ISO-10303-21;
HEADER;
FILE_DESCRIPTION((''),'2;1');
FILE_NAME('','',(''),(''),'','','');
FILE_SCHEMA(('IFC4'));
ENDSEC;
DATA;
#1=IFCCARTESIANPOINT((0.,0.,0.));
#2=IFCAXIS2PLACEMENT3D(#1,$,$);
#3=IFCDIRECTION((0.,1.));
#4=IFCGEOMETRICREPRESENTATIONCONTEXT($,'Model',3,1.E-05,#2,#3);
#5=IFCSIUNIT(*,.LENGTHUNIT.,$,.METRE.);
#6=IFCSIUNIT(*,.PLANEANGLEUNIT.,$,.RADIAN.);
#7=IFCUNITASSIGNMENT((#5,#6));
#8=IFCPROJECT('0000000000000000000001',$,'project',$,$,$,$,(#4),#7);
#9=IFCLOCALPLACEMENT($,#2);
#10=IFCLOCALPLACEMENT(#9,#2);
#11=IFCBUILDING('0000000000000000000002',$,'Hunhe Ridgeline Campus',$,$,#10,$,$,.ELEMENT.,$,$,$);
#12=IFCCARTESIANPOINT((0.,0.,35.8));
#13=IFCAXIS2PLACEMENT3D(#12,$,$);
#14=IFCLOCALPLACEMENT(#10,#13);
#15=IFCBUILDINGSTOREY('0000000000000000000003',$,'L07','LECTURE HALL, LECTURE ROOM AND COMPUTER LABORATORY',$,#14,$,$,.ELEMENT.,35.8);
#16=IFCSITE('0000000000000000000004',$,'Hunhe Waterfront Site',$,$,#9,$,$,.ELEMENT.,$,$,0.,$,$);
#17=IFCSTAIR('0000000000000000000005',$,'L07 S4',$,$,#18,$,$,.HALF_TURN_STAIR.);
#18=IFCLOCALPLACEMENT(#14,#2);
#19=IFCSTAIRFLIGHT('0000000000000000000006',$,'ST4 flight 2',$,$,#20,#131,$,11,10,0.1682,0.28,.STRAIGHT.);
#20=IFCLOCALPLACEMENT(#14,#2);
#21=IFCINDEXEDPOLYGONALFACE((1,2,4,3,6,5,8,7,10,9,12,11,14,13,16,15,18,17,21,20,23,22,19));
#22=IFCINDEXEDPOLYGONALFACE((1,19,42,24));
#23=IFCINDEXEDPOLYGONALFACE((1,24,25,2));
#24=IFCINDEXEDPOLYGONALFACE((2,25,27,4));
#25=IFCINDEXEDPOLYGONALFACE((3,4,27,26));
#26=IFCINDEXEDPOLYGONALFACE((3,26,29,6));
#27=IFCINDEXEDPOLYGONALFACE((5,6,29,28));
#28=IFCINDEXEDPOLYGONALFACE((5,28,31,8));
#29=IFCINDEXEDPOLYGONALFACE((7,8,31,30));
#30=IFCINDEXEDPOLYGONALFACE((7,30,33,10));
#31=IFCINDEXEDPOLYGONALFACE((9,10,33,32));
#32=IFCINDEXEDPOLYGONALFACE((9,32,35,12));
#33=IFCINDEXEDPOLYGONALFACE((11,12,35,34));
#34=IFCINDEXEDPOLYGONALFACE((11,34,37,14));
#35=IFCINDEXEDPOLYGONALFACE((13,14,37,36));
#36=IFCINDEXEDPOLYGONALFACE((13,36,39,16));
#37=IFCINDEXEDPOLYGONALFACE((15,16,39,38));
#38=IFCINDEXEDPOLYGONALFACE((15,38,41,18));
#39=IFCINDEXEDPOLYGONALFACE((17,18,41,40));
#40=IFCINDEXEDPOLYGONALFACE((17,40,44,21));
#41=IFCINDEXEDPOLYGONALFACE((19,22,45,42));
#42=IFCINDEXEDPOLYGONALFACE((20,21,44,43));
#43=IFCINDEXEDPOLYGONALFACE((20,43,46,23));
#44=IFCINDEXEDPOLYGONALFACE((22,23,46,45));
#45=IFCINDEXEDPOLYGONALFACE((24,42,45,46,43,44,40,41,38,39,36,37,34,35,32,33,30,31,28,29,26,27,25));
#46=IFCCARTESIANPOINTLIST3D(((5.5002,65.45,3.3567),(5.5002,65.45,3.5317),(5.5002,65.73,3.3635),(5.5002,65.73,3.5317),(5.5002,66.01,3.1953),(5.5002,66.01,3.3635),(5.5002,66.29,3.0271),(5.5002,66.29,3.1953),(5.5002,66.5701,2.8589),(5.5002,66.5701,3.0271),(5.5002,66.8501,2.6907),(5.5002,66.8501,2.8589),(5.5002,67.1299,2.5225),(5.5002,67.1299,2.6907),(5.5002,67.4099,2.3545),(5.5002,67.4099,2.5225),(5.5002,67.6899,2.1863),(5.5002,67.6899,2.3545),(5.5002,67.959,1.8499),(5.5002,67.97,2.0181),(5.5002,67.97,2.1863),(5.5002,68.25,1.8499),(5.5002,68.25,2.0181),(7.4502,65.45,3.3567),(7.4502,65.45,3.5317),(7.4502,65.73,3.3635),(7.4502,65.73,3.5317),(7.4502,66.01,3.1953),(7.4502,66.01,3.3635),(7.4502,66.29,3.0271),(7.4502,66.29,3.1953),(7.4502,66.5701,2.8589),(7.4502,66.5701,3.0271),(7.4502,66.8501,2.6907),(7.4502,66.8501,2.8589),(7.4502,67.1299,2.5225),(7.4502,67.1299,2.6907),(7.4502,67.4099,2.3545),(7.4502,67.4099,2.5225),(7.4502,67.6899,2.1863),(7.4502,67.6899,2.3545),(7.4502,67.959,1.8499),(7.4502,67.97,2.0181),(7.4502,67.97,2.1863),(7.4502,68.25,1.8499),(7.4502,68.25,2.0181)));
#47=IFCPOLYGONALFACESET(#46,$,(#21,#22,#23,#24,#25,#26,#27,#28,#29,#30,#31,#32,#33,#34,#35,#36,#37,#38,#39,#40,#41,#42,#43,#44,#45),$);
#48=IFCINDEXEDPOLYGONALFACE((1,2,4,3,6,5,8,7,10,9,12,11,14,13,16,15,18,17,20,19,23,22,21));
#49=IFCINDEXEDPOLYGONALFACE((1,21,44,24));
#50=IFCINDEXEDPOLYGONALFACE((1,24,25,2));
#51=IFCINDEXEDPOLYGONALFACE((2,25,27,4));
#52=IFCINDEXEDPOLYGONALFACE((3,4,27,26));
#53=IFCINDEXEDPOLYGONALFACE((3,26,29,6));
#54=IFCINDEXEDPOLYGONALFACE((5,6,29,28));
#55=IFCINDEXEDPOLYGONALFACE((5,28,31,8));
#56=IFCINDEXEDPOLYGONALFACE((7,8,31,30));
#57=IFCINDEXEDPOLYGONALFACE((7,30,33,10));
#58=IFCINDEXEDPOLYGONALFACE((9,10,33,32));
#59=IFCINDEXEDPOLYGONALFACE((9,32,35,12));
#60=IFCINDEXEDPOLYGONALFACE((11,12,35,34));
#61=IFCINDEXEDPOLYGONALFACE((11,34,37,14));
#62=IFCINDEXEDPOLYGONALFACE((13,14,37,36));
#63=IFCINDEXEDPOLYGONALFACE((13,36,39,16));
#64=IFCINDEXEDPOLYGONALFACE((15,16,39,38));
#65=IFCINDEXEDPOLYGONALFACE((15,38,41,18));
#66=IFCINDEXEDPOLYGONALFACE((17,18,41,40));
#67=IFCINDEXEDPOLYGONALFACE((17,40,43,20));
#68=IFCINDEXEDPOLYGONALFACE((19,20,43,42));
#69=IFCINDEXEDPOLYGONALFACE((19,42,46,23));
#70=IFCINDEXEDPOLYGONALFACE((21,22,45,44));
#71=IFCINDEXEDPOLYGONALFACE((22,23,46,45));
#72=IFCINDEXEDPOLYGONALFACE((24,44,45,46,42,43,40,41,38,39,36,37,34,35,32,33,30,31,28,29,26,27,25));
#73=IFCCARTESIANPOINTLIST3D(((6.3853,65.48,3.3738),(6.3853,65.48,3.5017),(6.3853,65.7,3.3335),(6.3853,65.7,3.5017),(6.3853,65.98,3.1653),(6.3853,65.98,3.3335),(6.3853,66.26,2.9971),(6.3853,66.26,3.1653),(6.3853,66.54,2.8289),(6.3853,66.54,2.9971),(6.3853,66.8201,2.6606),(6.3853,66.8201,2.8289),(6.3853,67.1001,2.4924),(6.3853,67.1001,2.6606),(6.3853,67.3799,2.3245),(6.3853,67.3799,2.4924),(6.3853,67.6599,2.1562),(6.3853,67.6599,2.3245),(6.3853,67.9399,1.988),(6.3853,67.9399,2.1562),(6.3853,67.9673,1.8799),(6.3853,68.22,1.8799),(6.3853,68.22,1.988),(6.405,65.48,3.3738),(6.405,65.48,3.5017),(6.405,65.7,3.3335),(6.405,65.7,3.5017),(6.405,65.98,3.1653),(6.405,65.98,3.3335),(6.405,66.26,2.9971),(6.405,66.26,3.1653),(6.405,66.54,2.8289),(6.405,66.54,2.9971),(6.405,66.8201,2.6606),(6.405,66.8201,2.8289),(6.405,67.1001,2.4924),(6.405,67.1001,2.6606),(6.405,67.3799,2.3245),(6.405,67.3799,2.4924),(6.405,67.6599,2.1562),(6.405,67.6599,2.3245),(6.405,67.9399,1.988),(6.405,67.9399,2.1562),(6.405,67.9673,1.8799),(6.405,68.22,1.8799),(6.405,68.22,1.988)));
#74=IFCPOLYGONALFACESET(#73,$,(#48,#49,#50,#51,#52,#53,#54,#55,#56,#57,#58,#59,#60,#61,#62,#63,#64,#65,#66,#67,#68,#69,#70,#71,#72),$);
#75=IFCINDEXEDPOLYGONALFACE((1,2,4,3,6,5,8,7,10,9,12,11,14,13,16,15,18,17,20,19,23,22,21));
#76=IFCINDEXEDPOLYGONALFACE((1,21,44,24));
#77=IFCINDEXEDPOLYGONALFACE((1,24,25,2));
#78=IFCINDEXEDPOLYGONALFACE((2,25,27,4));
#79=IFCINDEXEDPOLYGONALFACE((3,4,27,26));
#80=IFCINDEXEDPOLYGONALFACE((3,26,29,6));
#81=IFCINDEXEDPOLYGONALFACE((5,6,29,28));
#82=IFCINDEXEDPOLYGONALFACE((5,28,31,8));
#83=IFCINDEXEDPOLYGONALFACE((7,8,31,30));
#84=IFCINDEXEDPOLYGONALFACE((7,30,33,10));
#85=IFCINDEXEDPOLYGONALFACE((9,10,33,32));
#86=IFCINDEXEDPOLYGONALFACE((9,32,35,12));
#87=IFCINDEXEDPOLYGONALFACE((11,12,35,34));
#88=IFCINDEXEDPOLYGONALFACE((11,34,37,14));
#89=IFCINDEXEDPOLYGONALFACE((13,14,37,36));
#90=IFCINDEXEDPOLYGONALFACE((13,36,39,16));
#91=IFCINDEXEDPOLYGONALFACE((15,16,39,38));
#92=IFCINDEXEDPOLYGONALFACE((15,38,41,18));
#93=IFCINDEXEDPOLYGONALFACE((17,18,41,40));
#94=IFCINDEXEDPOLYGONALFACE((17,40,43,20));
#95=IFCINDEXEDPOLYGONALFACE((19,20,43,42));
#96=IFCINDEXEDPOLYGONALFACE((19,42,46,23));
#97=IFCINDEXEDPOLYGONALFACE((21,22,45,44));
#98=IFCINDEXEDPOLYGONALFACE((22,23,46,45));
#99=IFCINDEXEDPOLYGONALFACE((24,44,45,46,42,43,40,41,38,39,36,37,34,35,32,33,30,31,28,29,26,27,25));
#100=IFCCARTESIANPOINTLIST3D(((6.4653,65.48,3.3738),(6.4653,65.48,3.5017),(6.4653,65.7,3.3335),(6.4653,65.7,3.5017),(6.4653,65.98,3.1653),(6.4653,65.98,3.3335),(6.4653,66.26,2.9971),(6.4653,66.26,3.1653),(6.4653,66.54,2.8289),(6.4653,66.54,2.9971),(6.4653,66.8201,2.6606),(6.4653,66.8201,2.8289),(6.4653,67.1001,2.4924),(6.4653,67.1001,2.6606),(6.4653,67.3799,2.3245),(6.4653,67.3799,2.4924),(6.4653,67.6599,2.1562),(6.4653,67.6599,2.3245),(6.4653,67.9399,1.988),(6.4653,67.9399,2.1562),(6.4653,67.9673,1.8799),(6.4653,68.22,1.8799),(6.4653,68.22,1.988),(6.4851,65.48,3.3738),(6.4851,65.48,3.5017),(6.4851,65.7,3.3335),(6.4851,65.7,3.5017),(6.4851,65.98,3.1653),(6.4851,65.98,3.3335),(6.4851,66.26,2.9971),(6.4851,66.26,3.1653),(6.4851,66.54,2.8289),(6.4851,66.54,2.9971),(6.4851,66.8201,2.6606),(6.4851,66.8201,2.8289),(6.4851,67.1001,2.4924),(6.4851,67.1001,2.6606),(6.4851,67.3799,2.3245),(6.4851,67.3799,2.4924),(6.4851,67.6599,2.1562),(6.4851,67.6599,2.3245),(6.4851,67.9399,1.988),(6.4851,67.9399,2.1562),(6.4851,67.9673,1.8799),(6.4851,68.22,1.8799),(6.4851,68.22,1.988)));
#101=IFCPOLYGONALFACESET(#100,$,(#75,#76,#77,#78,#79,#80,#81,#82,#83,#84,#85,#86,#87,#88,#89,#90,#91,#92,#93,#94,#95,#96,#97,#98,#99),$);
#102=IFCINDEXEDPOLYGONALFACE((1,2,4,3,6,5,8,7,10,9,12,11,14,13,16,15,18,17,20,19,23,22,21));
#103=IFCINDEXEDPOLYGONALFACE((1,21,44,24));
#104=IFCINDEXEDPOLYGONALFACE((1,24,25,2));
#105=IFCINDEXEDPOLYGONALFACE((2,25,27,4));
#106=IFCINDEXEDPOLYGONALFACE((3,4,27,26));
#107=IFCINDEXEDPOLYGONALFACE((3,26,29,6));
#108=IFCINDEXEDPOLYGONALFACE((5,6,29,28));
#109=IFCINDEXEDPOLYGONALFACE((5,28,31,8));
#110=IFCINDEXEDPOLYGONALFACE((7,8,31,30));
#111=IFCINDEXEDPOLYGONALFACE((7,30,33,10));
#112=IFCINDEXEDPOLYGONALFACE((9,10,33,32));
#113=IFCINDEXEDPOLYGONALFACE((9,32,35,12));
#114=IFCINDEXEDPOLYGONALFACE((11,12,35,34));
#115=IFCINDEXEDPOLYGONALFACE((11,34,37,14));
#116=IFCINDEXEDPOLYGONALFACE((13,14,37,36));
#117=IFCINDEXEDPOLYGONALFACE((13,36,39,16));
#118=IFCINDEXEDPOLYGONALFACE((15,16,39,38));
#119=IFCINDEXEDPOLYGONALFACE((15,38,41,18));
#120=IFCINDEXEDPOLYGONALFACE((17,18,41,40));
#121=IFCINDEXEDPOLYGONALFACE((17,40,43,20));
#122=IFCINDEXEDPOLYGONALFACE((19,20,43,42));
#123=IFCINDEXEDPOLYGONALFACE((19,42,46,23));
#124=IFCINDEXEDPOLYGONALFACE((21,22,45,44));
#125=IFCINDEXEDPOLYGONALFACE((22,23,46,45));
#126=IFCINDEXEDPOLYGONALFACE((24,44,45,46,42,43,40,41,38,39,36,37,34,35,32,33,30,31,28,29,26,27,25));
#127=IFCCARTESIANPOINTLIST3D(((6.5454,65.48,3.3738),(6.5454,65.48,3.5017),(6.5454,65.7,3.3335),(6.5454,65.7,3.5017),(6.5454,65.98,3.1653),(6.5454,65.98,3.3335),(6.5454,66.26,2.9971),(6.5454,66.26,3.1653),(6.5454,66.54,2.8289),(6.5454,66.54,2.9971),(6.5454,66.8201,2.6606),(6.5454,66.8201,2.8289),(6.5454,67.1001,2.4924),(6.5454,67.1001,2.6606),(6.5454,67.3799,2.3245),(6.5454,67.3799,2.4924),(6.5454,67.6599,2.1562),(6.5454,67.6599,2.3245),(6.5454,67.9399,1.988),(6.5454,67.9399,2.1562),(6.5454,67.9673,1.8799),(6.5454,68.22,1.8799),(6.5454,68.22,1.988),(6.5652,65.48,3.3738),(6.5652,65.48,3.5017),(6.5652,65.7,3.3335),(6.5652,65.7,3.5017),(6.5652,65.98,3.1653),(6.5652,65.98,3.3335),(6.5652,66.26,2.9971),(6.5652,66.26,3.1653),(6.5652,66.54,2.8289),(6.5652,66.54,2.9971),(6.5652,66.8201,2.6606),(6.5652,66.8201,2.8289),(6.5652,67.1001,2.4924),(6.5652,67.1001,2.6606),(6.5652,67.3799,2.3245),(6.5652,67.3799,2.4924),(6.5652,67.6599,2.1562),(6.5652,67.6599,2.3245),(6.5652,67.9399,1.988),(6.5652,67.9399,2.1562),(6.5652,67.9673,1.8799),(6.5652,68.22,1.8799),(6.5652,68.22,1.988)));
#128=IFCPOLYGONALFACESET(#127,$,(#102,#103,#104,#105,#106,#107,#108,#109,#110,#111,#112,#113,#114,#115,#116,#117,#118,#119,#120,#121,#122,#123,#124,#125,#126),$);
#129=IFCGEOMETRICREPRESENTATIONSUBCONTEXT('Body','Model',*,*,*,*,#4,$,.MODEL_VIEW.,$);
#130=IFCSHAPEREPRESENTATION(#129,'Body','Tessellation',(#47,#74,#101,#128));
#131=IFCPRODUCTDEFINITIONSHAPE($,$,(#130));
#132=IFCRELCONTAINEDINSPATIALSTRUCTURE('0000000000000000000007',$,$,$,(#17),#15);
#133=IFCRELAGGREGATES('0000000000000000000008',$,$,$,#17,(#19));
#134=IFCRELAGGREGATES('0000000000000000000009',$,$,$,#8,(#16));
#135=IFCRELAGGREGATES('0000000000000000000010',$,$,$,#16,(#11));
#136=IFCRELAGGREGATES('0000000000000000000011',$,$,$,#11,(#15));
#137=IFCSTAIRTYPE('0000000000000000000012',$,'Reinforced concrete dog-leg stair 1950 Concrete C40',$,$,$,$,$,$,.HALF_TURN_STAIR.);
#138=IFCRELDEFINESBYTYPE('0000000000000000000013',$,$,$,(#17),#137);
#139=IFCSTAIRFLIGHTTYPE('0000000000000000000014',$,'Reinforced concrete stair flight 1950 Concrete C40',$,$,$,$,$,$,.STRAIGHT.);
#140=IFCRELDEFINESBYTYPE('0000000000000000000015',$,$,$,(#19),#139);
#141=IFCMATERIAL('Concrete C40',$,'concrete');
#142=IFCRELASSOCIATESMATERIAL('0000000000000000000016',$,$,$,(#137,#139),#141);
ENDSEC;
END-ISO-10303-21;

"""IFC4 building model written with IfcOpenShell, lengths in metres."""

from ifc_helpers import new_model, si_unit, direction, frame, origin, place, context, subcontext, project, spatial, polyline, outline, extrude, material, type_object, element, aggregate, save


model = new_model("IFC4")

# Units and contexts
model_context = context("Model", 3, precision=1e-05, world=origin(), true_north=direction((0.0, 1.0)))
body_context = subcontext(model_context, "Body", "Model", "MODEL_VIEW")
ifc_project = project(units=[si_unit("LENGTHUNIT", "METRE"), si_unit("PLANEANGLEUNIT", "RADIAN")], contexts=[model_context])

# Site, building, storey
site_placement = place(None, origin())
site = spatial("IfcSite", under=ifc_project, at=site_placement, Name="Hunhe Waterfront Site", CompositionType="ELEMENT", RefElevation=0.0)
building_placement = place(site_placement, origin())
building = spatial("IfcBuilding", under=site, at=building_placement, Name="Hunhe Ridgeline Campus", CompositionType="ELEMENT")
storey_placement = place(building_placement, frame((0.0, 0.0, 35.8)))
storey = spatial("IfcBuildingStorey", under=building, at=storey_placement, Name="L07", Description="LECTURE HALL, LECTURE ROOM AND COMPUTER LABORATORY", CompositionType="ELEMENT", Elevation=35.8)

# Stair, stair flight
ifc_material_1 = material(Name="Concrete C40", Category="concrete")
stair_type = type_object("IfcStairType", Name="Reinforced concrete dog-leg stair 1950 Concrete C40", PredefinedType="HALF_TURN_STAIR", material=ifc_material_1)
stair_flight_type = type_object("IfcStairFlightType", Name="Reinforced concrete stair flight 1950 Concrete C40", PredefinedType="STRAIGHT", material=ifc_material_1)
stair_1_placement = place(storey_placement, origin())
stair_1 = element("IfcStair", 1, at=stair_1_placement, inside=storey, type_object=stair_type, Name="L07 S4", PredefinedType="HALF_TURN_STAIR")
stair_flight_1_placement = place(storey_placement, frame((6.4751, 68.25, 1.8499), z_axis=(0.0, 0.0, 1.0), x_axis=(0.0, -1.0, 0.0)))
stair_flight_1 = element("IfcStairFlight", 2, at=stair_flight_1_placement, type_object=stair_flight_type, Name="ST4 flight 2", NumberOfRisers=11, NumberOfTreads=10, PredefinedType="STRAIGHT", RiserHeight=0.1682, TreadLength=0.28, context=body_context, shape_type="SweptSolid", body=[
    extrude(outline(polyline([(0.0, 0.0), (0.0, 0.1682), (0.28, 0.1682), (0.28, 0.3364), (0.5601, 0.3364), (0.5601, 0.5046), (0.8401, 0.5046), (0.8401, 0.6726), (1.1201, 0.6726), (1.1201, 0.8408), (1.3999, 0.8408), (1.3999, 1.009), (1.6799, 1.009), (1.6799, 1.1772), (1.96, 1.1772), (1.96, 1.3455), (2.24, 1.3455), (2.24, 1.5137), (2.52, 1.5137), (2.52, 1.6819), (2.8, 1.6819), (2.8, 1.8501), (2.8, 1.5068), (0.291, 0.0), (0.0, 0.0)])), frame((0.0, 0.9751, 0.0), z_axis=(0.0, -1.0, 0.0), x_axis=(1.0, 0.0, 0.0)), (0.0, 0.0, 1.0), 1.95),
    extrude(outline(polyline([(0.03, 0.03), (0.03, 0.1382), (0.3101, 0.1382), (0.3101, 0.3064), (0.5901, 0.3064), (0.5901, 0.4746), (0.8701, 0.4746), (0.8701, 0.6426), (1.1499, 0.6426), (1.1499, 0.8108), (1.4299, 0.8108), (1.4299, 0.979), (1.71, 0.979), (1.71, 1.1472), (1.99, 1.1472), (1.99, 1.3154), (2.27, 1.3154), (2.27, 1.4836), (2.55, 1.4836), (2.55, 1.6519), (2.77, 1.6519), (2.77, 1.5239), (0.2827, 0.03), (0.03, 0.03)])), frame((0.0, -0.0701, 0.0), z_axis=(0.0, -1.0, 0.0), x_axis=(1.0, 0.0, 0.0)), (0.0, 0.0, 1.0), 0.0198),
    extrude(outline(polyline([(0.03, 0.03), (0.03, 0.1382), (0.3101, 0.1382), (0.3101, 0.3064), (0.5901, 0.3064), (0.5901, 0.4746), (0.8701, 0.4746), (0.8701, 0.6426), (1.1499, 0.6426), (1.1499, 0.8108), (1.4299, 0.8108), (1.4299, 0.979), (1.71, 0.979), (1.71, 1.1472), (1.99, 1.1472), (1.99, 1.3154), (2.27, 1.3154), (2.27, 1.4836), (2.55, 1.4836), (2.55, 1.6519), (2.77, 1.6519), (2.77, 1.5239), (0.2827, 0.03), (0.03, 0.03)])), frame((0.0, 0.01, 0.0), z_axis=(0.0, -1.0, 0.0), x_axis=(1.0, 0.0, 0.0)), (0.0, 0.0, 1.0), 0.0198),
    extrude(outline(polyline([(0.03, 0.03), (0.03, 0.1382), (0.3101, 0.1382), (0.3101, 0.3064), (0.5901, 0.3064), (0.5901, 0.4746), (0.8701, 0.4746), (0.8701, 0.6426), (1.1499, 0.6426), (1.1499, 0.8108), (1.4299, 0.8108), (1.4299, 0.979), (1.71, 0.979), (1.71, 1.1472), (1.99, 1.1472), (1.99, 1.3154), (2.27, 1.3154), (2.27, 1.4836), (2.55, 1.4836), (2.55, 1.6519), (2.77, 1.6519), (2.77, 1.5239), (0.2827, 0.03), (0.03, 0.03)])), frame((0.0, 0.0901, 0.0), z_axis=(0.0, -1.0, 0.0), x_axis=(1.0, 0.0, 0.0)), (0.0, 0.0, 1.0), 0.0198),
])
aggregate(stair_1, [stair_flight_1])

save(model, "model.ifc")
